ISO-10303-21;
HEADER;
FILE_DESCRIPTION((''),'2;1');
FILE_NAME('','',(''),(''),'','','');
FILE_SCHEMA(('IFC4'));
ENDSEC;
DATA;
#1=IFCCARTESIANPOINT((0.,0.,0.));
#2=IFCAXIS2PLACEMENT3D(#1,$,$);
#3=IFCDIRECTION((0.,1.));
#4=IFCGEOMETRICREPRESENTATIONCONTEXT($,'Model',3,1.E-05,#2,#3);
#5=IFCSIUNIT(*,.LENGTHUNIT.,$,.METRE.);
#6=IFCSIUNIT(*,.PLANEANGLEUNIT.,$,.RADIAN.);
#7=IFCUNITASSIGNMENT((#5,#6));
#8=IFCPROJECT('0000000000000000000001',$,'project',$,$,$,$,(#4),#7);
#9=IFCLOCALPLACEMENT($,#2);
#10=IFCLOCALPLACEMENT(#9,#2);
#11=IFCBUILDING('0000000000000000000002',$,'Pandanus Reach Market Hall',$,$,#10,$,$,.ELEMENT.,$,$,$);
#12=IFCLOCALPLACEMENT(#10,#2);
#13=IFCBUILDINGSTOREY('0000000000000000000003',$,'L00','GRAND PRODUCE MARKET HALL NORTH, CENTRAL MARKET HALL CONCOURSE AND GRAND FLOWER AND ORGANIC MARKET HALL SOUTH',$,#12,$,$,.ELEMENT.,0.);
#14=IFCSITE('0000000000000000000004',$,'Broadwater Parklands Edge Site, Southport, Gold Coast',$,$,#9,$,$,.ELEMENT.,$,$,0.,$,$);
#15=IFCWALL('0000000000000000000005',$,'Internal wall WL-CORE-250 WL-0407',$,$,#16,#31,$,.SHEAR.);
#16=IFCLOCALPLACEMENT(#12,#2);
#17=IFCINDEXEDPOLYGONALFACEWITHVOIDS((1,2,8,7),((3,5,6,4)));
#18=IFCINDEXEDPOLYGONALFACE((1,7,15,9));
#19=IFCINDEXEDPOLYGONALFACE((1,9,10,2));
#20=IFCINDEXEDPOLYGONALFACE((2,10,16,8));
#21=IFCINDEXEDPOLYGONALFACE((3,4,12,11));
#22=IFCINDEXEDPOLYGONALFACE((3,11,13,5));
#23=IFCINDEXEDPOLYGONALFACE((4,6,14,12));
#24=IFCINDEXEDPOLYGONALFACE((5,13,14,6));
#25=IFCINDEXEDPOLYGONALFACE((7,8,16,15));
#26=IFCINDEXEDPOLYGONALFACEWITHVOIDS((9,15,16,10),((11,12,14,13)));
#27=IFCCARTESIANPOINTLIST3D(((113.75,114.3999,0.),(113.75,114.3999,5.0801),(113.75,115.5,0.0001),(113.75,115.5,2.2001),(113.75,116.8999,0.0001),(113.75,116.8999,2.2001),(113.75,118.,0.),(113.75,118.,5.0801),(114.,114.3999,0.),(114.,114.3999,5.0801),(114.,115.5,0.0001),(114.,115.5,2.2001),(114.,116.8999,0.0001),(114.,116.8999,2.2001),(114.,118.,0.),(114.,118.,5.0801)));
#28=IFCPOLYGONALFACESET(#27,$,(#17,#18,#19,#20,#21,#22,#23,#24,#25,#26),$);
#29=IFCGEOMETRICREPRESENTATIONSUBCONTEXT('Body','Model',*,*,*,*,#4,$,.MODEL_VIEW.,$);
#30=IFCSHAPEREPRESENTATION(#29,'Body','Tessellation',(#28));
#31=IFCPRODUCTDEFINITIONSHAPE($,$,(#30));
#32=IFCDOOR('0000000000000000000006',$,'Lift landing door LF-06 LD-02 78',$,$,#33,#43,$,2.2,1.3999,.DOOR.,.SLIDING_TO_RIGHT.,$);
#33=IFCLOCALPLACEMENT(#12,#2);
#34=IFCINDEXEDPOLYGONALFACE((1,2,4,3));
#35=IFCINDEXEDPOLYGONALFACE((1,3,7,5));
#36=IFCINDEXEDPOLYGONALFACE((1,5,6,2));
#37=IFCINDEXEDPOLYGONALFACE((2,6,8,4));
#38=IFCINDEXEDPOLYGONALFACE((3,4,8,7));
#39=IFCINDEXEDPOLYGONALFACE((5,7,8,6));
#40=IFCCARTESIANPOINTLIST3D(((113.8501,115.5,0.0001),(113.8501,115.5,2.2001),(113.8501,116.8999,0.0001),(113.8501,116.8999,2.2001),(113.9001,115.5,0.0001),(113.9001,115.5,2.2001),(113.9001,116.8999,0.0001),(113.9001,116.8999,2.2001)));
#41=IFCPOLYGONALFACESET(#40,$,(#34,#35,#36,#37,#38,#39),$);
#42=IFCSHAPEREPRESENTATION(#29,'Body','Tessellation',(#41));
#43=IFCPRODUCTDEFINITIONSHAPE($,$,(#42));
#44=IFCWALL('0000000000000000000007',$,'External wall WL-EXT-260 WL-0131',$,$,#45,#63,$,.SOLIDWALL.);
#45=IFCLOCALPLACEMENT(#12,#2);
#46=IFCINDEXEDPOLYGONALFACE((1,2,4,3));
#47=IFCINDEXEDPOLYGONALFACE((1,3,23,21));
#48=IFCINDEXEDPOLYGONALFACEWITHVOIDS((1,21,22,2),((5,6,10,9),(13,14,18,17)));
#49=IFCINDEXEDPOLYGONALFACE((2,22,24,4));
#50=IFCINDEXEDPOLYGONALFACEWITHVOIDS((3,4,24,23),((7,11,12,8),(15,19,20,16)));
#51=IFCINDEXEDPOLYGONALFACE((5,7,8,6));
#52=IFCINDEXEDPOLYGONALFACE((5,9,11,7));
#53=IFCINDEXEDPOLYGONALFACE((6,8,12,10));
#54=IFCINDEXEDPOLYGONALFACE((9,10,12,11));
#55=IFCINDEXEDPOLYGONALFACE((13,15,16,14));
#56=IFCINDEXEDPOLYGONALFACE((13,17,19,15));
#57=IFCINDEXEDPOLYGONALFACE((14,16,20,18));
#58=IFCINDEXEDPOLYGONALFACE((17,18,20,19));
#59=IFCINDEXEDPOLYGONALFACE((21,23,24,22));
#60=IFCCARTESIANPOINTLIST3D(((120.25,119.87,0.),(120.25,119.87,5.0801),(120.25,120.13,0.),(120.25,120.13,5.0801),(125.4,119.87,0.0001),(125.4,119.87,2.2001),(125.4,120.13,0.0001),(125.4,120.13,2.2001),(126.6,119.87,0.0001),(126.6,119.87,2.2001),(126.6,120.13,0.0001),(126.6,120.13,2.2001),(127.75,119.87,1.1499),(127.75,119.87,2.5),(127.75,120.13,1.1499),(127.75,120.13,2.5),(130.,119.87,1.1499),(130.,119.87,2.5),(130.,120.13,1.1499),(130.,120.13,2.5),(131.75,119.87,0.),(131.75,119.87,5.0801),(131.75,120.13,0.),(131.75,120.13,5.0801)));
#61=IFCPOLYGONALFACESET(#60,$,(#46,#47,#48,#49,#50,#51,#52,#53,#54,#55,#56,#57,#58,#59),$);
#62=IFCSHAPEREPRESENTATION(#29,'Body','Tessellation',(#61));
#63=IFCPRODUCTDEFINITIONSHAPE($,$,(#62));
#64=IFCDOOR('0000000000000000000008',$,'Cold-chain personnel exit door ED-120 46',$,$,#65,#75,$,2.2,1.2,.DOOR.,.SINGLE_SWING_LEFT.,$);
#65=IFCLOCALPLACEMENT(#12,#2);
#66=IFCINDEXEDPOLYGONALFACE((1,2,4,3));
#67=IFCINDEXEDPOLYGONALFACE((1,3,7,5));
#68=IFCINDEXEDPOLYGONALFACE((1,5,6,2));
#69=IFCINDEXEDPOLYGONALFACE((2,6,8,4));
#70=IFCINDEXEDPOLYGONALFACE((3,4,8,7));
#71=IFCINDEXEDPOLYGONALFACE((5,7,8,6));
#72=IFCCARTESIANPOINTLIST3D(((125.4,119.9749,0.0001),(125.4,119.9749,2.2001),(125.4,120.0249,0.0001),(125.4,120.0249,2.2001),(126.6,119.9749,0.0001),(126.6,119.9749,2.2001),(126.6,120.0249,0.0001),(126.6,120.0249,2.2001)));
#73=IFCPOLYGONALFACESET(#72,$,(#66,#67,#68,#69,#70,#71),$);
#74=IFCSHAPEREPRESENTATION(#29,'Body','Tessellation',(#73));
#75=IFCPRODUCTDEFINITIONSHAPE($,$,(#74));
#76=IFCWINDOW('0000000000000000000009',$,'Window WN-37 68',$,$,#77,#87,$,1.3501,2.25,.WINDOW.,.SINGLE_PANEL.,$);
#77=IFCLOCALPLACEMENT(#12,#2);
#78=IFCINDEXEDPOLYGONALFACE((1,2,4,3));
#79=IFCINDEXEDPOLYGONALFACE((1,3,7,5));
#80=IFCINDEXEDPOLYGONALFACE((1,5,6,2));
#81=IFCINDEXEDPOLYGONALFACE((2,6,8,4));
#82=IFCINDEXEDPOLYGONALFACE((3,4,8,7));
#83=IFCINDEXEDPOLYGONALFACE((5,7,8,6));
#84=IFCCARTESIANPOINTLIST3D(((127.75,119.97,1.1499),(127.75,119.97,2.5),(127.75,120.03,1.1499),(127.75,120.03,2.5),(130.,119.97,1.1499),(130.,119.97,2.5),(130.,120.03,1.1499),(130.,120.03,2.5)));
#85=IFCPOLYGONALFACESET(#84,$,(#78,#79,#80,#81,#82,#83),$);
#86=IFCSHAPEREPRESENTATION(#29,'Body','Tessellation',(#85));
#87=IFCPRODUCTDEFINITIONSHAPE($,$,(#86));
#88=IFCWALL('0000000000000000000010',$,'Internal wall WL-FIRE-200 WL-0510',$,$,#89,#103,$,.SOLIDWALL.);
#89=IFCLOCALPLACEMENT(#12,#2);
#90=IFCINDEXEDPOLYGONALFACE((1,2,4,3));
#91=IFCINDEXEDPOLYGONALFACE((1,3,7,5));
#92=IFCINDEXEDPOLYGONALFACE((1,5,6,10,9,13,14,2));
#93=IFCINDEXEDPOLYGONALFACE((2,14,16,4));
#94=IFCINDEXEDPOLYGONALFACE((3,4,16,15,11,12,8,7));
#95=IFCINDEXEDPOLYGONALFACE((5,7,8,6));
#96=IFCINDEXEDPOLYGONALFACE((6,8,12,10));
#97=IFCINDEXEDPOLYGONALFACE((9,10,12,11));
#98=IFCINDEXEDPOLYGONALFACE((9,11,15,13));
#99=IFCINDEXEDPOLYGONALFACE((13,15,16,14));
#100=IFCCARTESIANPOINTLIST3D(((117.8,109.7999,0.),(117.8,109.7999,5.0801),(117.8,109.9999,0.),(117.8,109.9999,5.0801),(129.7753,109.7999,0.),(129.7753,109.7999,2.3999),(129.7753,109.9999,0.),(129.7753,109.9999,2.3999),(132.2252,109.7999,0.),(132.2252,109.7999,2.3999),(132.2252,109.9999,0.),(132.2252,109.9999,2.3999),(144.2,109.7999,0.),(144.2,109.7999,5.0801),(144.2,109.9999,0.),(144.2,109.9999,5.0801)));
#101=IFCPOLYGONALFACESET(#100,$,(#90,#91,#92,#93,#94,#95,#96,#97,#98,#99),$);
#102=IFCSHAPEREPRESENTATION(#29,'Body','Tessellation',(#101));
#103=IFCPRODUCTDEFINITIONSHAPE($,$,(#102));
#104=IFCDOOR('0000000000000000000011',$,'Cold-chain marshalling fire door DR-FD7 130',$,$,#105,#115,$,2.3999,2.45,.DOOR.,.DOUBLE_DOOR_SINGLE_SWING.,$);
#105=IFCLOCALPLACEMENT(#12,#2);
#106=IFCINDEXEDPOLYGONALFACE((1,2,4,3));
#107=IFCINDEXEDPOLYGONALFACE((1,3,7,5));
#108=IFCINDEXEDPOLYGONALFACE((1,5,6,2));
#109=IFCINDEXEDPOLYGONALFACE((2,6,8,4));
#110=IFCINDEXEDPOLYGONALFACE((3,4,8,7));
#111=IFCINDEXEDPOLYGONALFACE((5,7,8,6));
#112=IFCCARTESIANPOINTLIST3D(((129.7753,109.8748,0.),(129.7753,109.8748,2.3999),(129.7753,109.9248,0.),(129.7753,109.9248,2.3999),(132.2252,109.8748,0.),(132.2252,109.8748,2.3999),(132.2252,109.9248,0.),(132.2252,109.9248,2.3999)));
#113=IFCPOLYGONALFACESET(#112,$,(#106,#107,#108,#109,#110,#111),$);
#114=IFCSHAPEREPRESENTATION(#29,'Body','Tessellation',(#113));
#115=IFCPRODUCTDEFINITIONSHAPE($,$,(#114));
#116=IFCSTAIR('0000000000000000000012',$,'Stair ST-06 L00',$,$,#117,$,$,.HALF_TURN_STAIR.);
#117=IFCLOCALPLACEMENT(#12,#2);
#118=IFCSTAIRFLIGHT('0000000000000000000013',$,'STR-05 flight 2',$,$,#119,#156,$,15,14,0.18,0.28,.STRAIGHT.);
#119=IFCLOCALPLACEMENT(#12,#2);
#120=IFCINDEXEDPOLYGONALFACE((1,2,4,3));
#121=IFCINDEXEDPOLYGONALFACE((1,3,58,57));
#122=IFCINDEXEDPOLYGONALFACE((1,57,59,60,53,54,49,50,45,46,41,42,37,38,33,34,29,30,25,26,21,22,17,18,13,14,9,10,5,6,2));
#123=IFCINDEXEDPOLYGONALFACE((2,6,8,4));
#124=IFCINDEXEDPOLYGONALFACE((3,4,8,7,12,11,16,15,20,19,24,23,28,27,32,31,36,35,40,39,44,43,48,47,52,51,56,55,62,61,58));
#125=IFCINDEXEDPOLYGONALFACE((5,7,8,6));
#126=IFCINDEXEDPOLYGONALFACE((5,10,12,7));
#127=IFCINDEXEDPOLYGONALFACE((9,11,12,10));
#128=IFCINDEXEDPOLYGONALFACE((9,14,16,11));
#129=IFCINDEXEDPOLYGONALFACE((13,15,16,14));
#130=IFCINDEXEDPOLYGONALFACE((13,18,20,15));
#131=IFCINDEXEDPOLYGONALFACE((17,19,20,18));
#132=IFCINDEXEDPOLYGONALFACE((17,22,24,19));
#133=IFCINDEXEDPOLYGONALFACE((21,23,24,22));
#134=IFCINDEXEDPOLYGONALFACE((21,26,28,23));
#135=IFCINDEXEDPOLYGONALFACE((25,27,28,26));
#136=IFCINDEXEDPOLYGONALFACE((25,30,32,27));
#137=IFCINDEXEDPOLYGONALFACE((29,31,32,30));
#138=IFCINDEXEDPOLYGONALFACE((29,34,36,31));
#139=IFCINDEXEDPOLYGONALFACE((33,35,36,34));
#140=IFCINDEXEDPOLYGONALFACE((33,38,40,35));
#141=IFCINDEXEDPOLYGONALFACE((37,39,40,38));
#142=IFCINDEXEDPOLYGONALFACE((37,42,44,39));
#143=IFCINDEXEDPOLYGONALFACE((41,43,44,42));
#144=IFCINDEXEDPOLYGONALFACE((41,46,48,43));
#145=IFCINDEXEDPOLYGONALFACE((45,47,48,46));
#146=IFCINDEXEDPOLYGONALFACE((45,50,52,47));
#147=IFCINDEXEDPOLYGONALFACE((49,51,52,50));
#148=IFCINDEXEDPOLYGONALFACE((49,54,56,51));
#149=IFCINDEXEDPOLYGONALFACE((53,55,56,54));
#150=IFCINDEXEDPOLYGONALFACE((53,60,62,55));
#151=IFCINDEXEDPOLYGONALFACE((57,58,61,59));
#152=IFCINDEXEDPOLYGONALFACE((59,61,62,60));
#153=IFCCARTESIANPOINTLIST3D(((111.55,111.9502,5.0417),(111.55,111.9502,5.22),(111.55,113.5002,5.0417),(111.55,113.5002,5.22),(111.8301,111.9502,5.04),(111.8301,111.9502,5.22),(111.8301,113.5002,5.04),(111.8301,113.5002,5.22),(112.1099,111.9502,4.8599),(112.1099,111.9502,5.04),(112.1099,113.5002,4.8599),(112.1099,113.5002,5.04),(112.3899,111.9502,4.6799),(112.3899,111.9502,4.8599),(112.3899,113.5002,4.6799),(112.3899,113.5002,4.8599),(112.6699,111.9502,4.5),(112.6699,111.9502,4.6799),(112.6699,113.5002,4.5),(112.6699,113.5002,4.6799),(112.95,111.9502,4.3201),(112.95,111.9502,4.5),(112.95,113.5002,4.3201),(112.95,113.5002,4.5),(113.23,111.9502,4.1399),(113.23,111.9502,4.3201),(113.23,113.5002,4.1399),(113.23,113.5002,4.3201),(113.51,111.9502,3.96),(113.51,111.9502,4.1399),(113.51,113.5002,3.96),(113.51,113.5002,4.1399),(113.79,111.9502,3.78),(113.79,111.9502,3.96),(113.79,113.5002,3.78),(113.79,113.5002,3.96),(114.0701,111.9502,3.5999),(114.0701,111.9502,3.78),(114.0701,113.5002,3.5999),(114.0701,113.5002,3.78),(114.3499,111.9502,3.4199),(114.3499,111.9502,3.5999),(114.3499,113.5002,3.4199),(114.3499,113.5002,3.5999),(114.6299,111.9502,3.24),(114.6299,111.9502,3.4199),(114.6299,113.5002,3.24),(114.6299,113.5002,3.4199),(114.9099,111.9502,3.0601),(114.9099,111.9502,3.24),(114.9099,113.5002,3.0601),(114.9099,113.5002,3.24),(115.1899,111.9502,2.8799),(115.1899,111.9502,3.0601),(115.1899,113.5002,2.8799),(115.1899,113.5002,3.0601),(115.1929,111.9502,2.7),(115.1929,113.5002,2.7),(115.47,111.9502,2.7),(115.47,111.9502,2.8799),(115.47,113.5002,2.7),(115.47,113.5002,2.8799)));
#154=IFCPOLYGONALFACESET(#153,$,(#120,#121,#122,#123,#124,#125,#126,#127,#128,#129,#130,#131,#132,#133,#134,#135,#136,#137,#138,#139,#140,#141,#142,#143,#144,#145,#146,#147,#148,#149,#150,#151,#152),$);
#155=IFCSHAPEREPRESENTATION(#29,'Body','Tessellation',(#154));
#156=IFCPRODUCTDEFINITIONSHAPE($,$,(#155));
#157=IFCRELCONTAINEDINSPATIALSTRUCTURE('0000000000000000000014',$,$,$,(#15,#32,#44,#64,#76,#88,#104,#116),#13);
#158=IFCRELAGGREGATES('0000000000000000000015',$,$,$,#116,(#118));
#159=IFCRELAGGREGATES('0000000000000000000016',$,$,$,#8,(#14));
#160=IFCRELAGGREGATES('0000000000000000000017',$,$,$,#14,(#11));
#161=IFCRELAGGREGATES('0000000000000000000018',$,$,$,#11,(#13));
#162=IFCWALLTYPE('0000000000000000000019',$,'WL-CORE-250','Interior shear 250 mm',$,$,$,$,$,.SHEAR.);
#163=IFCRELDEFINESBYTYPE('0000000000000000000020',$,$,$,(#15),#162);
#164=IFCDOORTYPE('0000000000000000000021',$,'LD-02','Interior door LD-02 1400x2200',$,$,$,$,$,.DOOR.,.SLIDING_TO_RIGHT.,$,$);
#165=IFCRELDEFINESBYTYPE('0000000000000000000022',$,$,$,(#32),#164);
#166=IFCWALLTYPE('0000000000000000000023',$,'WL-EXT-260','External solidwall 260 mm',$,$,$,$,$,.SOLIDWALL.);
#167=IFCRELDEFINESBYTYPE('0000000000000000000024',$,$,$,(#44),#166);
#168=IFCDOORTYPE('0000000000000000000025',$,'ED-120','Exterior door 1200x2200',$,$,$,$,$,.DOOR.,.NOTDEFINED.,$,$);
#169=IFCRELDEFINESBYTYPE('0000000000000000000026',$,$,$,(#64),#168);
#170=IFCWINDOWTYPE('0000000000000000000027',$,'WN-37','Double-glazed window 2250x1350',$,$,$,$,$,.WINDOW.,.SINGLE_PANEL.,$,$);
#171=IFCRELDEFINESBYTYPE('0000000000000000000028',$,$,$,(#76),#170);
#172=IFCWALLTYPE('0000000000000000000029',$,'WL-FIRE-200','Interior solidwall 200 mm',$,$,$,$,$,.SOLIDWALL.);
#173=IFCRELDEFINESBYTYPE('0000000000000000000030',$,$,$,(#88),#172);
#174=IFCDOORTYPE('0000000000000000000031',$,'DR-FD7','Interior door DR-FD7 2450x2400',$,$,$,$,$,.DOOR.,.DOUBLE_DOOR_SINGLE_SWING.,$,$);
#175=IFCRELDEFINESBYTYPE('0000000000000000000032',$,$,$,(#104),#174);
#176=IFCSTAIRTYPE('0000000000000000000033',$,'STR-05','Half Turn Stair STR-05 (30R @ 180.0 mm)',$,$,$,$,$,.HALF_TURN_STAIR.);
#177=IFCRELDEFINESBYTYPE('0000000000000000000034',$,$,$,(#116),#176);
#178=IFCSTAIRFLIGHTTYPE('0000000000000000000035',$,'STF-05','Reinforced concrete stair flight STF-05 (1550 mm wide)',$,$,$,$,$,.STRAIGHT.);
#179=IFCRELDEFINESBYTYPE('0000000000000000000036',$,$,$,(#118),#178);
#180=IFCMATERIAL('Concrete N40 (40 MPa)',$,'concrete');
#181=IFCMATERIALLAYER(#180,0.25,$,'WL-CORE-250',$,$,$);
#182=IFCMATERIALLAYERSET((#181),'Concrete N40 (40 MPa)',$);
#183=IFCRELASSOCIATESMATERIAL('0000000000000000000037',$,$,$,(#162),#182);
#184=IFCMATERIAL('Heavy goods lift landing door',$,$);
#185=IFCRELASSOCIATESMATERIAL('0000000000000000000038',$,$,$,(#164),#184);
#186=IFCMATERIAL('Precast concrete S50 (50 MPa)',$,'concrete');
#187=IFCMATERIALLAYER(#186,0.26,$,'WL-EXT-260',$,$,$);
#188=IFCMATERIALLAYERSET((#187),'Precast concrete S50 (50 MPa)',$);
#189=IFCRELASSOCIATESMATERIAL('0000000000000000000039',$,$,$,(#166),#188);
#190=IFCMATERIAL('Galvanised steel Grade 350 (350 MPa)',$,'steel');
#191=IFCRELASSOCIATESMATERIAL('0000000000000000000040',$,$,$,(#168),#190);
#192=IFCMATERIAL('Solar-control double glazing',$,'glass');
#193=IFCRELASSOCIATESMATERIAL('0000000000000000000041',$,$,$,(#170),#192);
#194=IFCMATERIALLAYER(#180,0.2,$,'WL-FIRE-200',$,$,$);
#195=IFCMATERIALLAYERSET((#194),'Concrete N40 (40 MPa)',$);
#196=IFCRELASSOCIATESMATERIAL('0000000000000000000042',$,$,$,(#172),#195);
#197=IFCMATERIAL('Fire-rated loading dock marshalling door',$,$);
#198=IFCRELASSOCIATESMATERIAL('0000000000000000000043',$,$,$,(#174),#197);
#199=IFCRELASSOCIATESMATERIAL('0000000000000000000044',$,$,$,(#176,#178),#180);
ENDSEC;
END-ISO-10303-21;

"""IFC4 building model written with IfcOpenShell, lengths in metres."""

from ifc_helpers import new_model, si_unit, direction, frame, frame_2d, origin, place, context, subcontext, project, spatial, polyline, rectangle, outline, extrude, material, layer, layer_set, type_object, element, fill, aggregate, save


model = new_model("IFC4")

# Units and contexts
model_context = context("Model", 3, precision=1e-05, world=origin(), true_north=direction((0.0, 1.0)))
body_context = subcontext(model_context, "Body", "Model", "MODEL_VIEW")
ifc_project = project(units=[si_unit("LENGTHUNIT", "METRE"), si_unit("PLANEANGLEUNIT", "RADIAN")], contexts=[model_context])

# Site, building, storey
site_placement = place(None, origin())
site = spatial("IfcSite", under=ifc_project, at=site_placement, Name="Broadwater Parklands Edge Site, Southport, Gold Coast", CompositionType="ELEMENT", RefElevation=0.0)
building_placement = place(site_placement, origin())
building = spatial("IfcBuilding", under=site, at=building_placement, Name="Pandanus Reach Market Hall", CompositionType="ELEMENT")
storey_placement = place(building_placement, origin())
storey = spatial("IfcBuildingStorey", under=building, at=storey_placement, Name="L00", Description="GRAND PRODUCE MARKET HALL NORTH, CENTRAL MARKET HALL CONCOURSE AND GRAND FLOWER AND ORGANIC MARKET HALL SOUTH", CompositionType="ELEMENT", Elevation=0.0)

# Shared definitions
ifc_material_1 = material(Name="Concrete N40 (40 MPa)", Category="concrete")

# Shared definitions
ifc_layer_1 = layer(ifc_material_1, 0.25, Name="WL-CORE-250")
ifc_layer_set_1 = layer_set([ifc_layer_1], Name="Concrete N40 (40 MPa)")
wall_type_1 = type_object("IfcWallType", Name="WL-CORE-250", Description="Interior shear 250 mm", PredefinedType="SHEAR", material=ifc_layer_set_1)

# Wall, opening, door
wall_1_placement = place(storey_placement, frame((113.875, 114.3999, 0.0), z_axis=(0.0, 0.0, 1.0), x_axis=(0.0, 1.0, 0.0)))
wall_1 = element("IfcWall", 1, at=wall_1_placement, inside=storey, type_object=wall_type_1, Name="Internal wall WL-CORE-250 WL-0407", PredefinedType="SHEAR", context=body_context, shape_type="SweptSolid", body=[
    extrude(rectangle(XDim=3.6001, YDim=0.25, at=frame_2d((1.8, 0.0))), origin(), (0.0, 0.0, 1.0), 5.0801),
])
opening_1_placement = place(wall_1_placement, frame((1.1001, 0.0, 0.0)))
opening_1 = element("IfcOpeningElement", 2, at=opening_1_placement, cuts=wall_1, PredefinedType="OPENING", context=body_context, shape_type="SweptSolid", body=[
    extrude(rectangle(XDim=1.3999, YDim=2.2, at=frame_2d((0.7, 1.1001))), frame((0.0, 0.1399, 0.0), z_axis=(0.0, -1.0, 0.0), x_axis=(1.0, 0.0, 0.0)), (0.0, 0.0, 1.0), 0.28),
])
ifc_material_2 = material(Name="Heavy goods lift landing door")
door_type_1 = type_object("IfcDoorType", Name="LD-02", Description="Interior door LD-02 1400x2200", OperationType="SLIDING_TO_RIGHT", PredefinedType="DOOR", material=ifc_material_2)
door_1_placement = place(opening_1_placement, origin())
door_1 = element("IfcDoor", 3, at=door_1_placement, inside=storey, type_object=door_type_1, Name="Lift landing door LF-06 LD-02 78", OperationType="SLIDING_TO_RIGHT", OverallHeight=2.2, OverallWidth=1.3999, PredefinedType="DOOR", context=body_context, shape_type="SweptSolid", body=[
    extrude(rectangle(XDim=1.3999, YDim=2.2, at=frame_2d((0.7, 1.1001))), frame((0.0, 0.0249, 0.0), z_axis=(0.0, -1.0, 0.0), x_axis=(1.0, 0.0, 0.0)), (0.0, 0.0, 1.0), 0.05),
])
fill(opening_1, door_1)

# Wall, openings, door, window
ifc_material_3 = material(Name="Precast concrete S50 (50 MPa)", Category="concrete")
ifc_layer_2 = layer(ifc_material_3, 0.26, Name="WL-EXT-260")
ifc_layer_set_2 = layer_set([ifc_layer_2], Name="Precast concrete S50 (50 MPa)")
wall_type_2 = type_object("IfcWallType", Name="WL-EXT-260", Description="External solidwall 260 mm", PredefinedType="SOLIDWALL", material=ifc_layer_set_2)
wall_2_placement = place(storey_placement, frame((120.25, 120.0, 0.0), z_axis=(0.0, 0.0, 1.0), x_axis=(1.0, 0.0, 0.0)))
wall_2 = element("IfcWall", 4, at=wall_2_placement, inside=storey, type_object=wall_type_2, Name="External wall WL-EXT-260 WL-0131", PredefinedType="SOLIDWALL", context=body_context, shape_type="SweptSolid", body=[
    extrude(rectangle(XDim=11.5, YDim=0.26, at=frame_2d((5.75, 0.0))), origin(), (0.0, 0.0, 1.0), 5.0801),
])
opening_2_placement = place(wall_2_placement, frame((5.1499, 0.0, 0.0)))
opening_2 = element("IfcOpeningElement", 5, at=opening_2_placement, cuts=wall_2, PredefinedType="OPENING", context=body_context, shape_type="SweptSolid", body=[
    extrude(rectangle(XDim=1.2, YDim=2.2, at=frame_2d((0.6001, 1.1001))), frame((0.0, 0.145, 0.0), z_axis=(0.0, -1.0, 0.0), x_axis=(1.0, 0.0, 0.0)), (0.0, 0.0, 1.0), 0.29),
])
opening_3_placement = place(wall_2_placement, frame((7.5, 0.0, 1.1499)))
opening_3 = element("IfcOpeningElement", 6, at=opening_3_placement, cuts=wall_2, PredefinedType="OPENING", context=body_context, shape_type="SweptSolid", body=[
    extrude(rectangle(XDim=2.25, YDim=1.3501, at=frame_2d((1.125, 0.675))), frame((0.0, 0.145, 0.0), z_axis=(0.0, -1.0, 0.0), x_axis=(1.0, 0.0, 0.0)), (0.0, 0.0, 1.0), 0.29),
])
ifc_material_4 = material(Name="Galvanised steel Grade 350 (350 MPa)", Category="steel")
door_type_2 = type_object("IfcDoorType", Name="ED-120", Description="Exterior door 1200x2200", OperationType="NOTDEFINED", PredefinedType="DOOR", material=ifc_material_4)
door_2_placement = place(opening_2_placement, origin())
door_2 = element("IfcDoor", 7, at=door_2_placement, inside=storey, type_object=door_type_2, Name="Cold-chain personnel exit door ED-120 46", OperationType="SINGLE_SWING_LEFT", OverallHeight=2.2, OverallWidth=1.2, PredefinedType="DOOR", context=body_context, shape_type="SweptSolid", body=[
    extrude(rectangle(XDim=1.2, YDim=2.2, at=frame_2d((0.6001, 1.1001))), frame((0.0, 0.0249, 0.0), z_axis=(0.0, -1.0, 0.0), x_axis=(1.0, 0.0, 0.0)), (0.0, 0.0, 1.0), 0.05),
])
fill(opening_2, door_2)
ifc_material_5 = material(Name="Solar-control double glazing", Category="glass")
window_type = type_object("IfcWindowType", Name="WN-37", Description="Double-glazed window 2250x1350", PartitioningType="SINGLE_PANEL", PredefinedType="WINDOW", material=ifc_material_5)
window_placement = place(opening_3_placement, origin())
window = element("IfcWindow", 8, at=window_placement, inside=storey, type_object=window_type, Name="Window WN-37 68", OverallHeight=1.3501, OverallWidth=2.25, PartitioningType="SINGLE_PANEL", PredefinedType="WINDOW", context=body_context, shape_type="SweptSolid", body=[
    extrude(rectangle(XDim=2.25, YDim=1.3501, at=frame_2d((1.125, 0.675))), frame((0.0, 0.03, 0.0), z_axis=(0.0, -1.0, 0.0), x_axis=(1.0, 0.0, 0.0)), (0.0, 0.0, 1.0), 0.0601),
])
fill(opening_3, window)

# Wall, opening, door
ifc_layer_3 = layer(ifc_material_1, 0.2, Name="WL-FIRE-200")
ifc_layer_set_3 = layer_set([ifc_layer_3], Name="Concrete N40 (40 MPa)")
wall_type_3 = type_object("IfcWallType", Name="WL-FIRE-200", Description="Interior solidwall 200 mm", PredefinedType="SOLIDWALL", material=ifc_layer_set_3)
wall_3_placement = place(storey_placement, frame((117.8, 109.8999, 0.0), z_axis=(0.0, 0.0, 1.0), x_axis=(1.0, 0.0, 0.0)))
wall_3 = element("IfcWall", 9, at=wall_3_placement, inside=storey, type_object=wall_type_3, Name="Internal wall WL-FIRE-200 WL-0510", PredefinedType="SOLIDWALL", context=body_context, shape_type="SweptSolid", body=[
    extrude(rectangle(XDim=26.3999, YDim=0.2, at=frame_2d((13.2, 0.0))), origin(), (0.0, 0.0, 1.0), 5.0801),
])
opening_4_placement = place(wall_3_placement, frame((11.9751, 0.0, 0.0)))
opening_4 = element("IfcOpeningElement", 10, at=opening_4_placement, cuts=wall_3, PredefinedType="OPENING", context=body_context, shape_type="SweptSolid", body=[
    extrude(rectangle(XDim=2.45, YDim=2.3999, at=frame_2d((1.2251, 1.2))), frame((0.0, 0.115, 0.0), z_axis=(0.0, -1.0, 0.0), x_axis=(1.0, 0.0, 0.0)), (0.0, 0.0, 1.0), 0.23),
])
ifc_material_6 = material(Name="Fire-rated loading dock marshalling door")
door_type_3 = type_object("IfcDoorType", Name="DR-FD7", Description="Interior door DR-FD7 2450x2400", OperationType="DOUBLE_DOOR_SINGLE_SWING", PredefinedType="DOOR", material=ifc_material_6)
door_3_placement = place(opening_4_placement, origin())
door_3 = element("IfcDoor", 11, at=door_3_placement, inside=storey, type_object=door_type_3, Name="Cold-chain marshalling fire door DR-FD7 130", OperationType="DOUBLE_DOOR_SINGLE_SWING", OverallHeight=2.3999, OverallWidth=2.45, PredefinedType="DOOR", context=body_context, shape_type="SweptSolid", body=[
    extrude(rectangle(XDim=2.45, YDim=2.3999, at=frame_2d((1.2251, 1.2))), frame((0.0, 0.0249, 0.0), z_axis=(0.0, -1.0, 0.0), x_axis=(1.0, 0.0, 0.0)), (0.0, 0.0, 1.0), 0.05),
])
fill(opening_4, door_3)

# Stair, stair flight
stair_type = type_object("IfcStairType", Name="STR-05", Description="Half Turn Stair STR-05 (30R @ 180.0 mm)", PredefinedType="HALF_TURN_STAIR", material=ifc_material_1)
stair_placement = place(storey_placement, origin())
stair = element("IfcStair", 12, at=stair_placement, inside=storey, type_object=stair_type, Name="Stair ST-06 L00", PredefinedType="HALF_TURN_STAIR")
stair_flight_type = type_object("IfcStairFlightType", Name="STF-05", Description="Reinforced concrete stair flight STF-05 (1550 mm wide)", PredefinedType="STRAIGHT", material=ifc_material_1)
stair_flight_placement = place(storey_placement, frame((115.47, 112.7251, 2.7), z_axis=(0.0, 0.0, 1.0), x_axis=(-1.0, 0.0, 0.0)))
stair_flight = element("IfcStairFlight", 13, at=stair_flight_placement, type_object=stair_flight_type, Name="STR-05 flight 2", NumberOfRisers=15, NumberOfTreads=14, PredefinedType="STRAIGHT", RiserHeight=0.18, TreadLength=0.28, context=body_context, shape_type="SweptSolid", body=[
    extrude(outline(polyline([(0.0, 0.0), (0.0, 0.1799), (0.28, 0.1799), (0.28, 0.3601), (0.5601, 0.3601), (0.5601, 0.54), (0.8401, 0.54), (0.8401, 0.72), (1.1201, 0.72), (1.1201, 0.8999), (1.3999, 0.8999), (1.3999, 1.0801), (1.6799, 1.0801), (1.6799, 1.26), (1.96, 1.26), (1.96, 1.4399), (2.24, 1.4399), (2.24, 1.6201), (2.52, 1.6201), (2.52, 1.8), (2.8, 1.8), (2.8, 1.98), (3.0801, 1.98), (3.0801, 2.1599), (3.3601, 2.1599), (3.3601, 2.3401), (3.6399, 2.3401), (3.6399, 2.52), (3.9199, 2.52), (3.9199, 2.7), (3.9199, 2.3418), (0.2771, 0.0), (0.0, 0.0)])), frame((0.0, 0.7749, 0.0), z_axis=(0.0, -1.0, 0.0), x_axis=(1.0, 0.0, 0.0)), (0.0, 0.0, 1.0), 1.55),
])
aggregate(stair, [stair_flight])

save(model, "model.ifc")
